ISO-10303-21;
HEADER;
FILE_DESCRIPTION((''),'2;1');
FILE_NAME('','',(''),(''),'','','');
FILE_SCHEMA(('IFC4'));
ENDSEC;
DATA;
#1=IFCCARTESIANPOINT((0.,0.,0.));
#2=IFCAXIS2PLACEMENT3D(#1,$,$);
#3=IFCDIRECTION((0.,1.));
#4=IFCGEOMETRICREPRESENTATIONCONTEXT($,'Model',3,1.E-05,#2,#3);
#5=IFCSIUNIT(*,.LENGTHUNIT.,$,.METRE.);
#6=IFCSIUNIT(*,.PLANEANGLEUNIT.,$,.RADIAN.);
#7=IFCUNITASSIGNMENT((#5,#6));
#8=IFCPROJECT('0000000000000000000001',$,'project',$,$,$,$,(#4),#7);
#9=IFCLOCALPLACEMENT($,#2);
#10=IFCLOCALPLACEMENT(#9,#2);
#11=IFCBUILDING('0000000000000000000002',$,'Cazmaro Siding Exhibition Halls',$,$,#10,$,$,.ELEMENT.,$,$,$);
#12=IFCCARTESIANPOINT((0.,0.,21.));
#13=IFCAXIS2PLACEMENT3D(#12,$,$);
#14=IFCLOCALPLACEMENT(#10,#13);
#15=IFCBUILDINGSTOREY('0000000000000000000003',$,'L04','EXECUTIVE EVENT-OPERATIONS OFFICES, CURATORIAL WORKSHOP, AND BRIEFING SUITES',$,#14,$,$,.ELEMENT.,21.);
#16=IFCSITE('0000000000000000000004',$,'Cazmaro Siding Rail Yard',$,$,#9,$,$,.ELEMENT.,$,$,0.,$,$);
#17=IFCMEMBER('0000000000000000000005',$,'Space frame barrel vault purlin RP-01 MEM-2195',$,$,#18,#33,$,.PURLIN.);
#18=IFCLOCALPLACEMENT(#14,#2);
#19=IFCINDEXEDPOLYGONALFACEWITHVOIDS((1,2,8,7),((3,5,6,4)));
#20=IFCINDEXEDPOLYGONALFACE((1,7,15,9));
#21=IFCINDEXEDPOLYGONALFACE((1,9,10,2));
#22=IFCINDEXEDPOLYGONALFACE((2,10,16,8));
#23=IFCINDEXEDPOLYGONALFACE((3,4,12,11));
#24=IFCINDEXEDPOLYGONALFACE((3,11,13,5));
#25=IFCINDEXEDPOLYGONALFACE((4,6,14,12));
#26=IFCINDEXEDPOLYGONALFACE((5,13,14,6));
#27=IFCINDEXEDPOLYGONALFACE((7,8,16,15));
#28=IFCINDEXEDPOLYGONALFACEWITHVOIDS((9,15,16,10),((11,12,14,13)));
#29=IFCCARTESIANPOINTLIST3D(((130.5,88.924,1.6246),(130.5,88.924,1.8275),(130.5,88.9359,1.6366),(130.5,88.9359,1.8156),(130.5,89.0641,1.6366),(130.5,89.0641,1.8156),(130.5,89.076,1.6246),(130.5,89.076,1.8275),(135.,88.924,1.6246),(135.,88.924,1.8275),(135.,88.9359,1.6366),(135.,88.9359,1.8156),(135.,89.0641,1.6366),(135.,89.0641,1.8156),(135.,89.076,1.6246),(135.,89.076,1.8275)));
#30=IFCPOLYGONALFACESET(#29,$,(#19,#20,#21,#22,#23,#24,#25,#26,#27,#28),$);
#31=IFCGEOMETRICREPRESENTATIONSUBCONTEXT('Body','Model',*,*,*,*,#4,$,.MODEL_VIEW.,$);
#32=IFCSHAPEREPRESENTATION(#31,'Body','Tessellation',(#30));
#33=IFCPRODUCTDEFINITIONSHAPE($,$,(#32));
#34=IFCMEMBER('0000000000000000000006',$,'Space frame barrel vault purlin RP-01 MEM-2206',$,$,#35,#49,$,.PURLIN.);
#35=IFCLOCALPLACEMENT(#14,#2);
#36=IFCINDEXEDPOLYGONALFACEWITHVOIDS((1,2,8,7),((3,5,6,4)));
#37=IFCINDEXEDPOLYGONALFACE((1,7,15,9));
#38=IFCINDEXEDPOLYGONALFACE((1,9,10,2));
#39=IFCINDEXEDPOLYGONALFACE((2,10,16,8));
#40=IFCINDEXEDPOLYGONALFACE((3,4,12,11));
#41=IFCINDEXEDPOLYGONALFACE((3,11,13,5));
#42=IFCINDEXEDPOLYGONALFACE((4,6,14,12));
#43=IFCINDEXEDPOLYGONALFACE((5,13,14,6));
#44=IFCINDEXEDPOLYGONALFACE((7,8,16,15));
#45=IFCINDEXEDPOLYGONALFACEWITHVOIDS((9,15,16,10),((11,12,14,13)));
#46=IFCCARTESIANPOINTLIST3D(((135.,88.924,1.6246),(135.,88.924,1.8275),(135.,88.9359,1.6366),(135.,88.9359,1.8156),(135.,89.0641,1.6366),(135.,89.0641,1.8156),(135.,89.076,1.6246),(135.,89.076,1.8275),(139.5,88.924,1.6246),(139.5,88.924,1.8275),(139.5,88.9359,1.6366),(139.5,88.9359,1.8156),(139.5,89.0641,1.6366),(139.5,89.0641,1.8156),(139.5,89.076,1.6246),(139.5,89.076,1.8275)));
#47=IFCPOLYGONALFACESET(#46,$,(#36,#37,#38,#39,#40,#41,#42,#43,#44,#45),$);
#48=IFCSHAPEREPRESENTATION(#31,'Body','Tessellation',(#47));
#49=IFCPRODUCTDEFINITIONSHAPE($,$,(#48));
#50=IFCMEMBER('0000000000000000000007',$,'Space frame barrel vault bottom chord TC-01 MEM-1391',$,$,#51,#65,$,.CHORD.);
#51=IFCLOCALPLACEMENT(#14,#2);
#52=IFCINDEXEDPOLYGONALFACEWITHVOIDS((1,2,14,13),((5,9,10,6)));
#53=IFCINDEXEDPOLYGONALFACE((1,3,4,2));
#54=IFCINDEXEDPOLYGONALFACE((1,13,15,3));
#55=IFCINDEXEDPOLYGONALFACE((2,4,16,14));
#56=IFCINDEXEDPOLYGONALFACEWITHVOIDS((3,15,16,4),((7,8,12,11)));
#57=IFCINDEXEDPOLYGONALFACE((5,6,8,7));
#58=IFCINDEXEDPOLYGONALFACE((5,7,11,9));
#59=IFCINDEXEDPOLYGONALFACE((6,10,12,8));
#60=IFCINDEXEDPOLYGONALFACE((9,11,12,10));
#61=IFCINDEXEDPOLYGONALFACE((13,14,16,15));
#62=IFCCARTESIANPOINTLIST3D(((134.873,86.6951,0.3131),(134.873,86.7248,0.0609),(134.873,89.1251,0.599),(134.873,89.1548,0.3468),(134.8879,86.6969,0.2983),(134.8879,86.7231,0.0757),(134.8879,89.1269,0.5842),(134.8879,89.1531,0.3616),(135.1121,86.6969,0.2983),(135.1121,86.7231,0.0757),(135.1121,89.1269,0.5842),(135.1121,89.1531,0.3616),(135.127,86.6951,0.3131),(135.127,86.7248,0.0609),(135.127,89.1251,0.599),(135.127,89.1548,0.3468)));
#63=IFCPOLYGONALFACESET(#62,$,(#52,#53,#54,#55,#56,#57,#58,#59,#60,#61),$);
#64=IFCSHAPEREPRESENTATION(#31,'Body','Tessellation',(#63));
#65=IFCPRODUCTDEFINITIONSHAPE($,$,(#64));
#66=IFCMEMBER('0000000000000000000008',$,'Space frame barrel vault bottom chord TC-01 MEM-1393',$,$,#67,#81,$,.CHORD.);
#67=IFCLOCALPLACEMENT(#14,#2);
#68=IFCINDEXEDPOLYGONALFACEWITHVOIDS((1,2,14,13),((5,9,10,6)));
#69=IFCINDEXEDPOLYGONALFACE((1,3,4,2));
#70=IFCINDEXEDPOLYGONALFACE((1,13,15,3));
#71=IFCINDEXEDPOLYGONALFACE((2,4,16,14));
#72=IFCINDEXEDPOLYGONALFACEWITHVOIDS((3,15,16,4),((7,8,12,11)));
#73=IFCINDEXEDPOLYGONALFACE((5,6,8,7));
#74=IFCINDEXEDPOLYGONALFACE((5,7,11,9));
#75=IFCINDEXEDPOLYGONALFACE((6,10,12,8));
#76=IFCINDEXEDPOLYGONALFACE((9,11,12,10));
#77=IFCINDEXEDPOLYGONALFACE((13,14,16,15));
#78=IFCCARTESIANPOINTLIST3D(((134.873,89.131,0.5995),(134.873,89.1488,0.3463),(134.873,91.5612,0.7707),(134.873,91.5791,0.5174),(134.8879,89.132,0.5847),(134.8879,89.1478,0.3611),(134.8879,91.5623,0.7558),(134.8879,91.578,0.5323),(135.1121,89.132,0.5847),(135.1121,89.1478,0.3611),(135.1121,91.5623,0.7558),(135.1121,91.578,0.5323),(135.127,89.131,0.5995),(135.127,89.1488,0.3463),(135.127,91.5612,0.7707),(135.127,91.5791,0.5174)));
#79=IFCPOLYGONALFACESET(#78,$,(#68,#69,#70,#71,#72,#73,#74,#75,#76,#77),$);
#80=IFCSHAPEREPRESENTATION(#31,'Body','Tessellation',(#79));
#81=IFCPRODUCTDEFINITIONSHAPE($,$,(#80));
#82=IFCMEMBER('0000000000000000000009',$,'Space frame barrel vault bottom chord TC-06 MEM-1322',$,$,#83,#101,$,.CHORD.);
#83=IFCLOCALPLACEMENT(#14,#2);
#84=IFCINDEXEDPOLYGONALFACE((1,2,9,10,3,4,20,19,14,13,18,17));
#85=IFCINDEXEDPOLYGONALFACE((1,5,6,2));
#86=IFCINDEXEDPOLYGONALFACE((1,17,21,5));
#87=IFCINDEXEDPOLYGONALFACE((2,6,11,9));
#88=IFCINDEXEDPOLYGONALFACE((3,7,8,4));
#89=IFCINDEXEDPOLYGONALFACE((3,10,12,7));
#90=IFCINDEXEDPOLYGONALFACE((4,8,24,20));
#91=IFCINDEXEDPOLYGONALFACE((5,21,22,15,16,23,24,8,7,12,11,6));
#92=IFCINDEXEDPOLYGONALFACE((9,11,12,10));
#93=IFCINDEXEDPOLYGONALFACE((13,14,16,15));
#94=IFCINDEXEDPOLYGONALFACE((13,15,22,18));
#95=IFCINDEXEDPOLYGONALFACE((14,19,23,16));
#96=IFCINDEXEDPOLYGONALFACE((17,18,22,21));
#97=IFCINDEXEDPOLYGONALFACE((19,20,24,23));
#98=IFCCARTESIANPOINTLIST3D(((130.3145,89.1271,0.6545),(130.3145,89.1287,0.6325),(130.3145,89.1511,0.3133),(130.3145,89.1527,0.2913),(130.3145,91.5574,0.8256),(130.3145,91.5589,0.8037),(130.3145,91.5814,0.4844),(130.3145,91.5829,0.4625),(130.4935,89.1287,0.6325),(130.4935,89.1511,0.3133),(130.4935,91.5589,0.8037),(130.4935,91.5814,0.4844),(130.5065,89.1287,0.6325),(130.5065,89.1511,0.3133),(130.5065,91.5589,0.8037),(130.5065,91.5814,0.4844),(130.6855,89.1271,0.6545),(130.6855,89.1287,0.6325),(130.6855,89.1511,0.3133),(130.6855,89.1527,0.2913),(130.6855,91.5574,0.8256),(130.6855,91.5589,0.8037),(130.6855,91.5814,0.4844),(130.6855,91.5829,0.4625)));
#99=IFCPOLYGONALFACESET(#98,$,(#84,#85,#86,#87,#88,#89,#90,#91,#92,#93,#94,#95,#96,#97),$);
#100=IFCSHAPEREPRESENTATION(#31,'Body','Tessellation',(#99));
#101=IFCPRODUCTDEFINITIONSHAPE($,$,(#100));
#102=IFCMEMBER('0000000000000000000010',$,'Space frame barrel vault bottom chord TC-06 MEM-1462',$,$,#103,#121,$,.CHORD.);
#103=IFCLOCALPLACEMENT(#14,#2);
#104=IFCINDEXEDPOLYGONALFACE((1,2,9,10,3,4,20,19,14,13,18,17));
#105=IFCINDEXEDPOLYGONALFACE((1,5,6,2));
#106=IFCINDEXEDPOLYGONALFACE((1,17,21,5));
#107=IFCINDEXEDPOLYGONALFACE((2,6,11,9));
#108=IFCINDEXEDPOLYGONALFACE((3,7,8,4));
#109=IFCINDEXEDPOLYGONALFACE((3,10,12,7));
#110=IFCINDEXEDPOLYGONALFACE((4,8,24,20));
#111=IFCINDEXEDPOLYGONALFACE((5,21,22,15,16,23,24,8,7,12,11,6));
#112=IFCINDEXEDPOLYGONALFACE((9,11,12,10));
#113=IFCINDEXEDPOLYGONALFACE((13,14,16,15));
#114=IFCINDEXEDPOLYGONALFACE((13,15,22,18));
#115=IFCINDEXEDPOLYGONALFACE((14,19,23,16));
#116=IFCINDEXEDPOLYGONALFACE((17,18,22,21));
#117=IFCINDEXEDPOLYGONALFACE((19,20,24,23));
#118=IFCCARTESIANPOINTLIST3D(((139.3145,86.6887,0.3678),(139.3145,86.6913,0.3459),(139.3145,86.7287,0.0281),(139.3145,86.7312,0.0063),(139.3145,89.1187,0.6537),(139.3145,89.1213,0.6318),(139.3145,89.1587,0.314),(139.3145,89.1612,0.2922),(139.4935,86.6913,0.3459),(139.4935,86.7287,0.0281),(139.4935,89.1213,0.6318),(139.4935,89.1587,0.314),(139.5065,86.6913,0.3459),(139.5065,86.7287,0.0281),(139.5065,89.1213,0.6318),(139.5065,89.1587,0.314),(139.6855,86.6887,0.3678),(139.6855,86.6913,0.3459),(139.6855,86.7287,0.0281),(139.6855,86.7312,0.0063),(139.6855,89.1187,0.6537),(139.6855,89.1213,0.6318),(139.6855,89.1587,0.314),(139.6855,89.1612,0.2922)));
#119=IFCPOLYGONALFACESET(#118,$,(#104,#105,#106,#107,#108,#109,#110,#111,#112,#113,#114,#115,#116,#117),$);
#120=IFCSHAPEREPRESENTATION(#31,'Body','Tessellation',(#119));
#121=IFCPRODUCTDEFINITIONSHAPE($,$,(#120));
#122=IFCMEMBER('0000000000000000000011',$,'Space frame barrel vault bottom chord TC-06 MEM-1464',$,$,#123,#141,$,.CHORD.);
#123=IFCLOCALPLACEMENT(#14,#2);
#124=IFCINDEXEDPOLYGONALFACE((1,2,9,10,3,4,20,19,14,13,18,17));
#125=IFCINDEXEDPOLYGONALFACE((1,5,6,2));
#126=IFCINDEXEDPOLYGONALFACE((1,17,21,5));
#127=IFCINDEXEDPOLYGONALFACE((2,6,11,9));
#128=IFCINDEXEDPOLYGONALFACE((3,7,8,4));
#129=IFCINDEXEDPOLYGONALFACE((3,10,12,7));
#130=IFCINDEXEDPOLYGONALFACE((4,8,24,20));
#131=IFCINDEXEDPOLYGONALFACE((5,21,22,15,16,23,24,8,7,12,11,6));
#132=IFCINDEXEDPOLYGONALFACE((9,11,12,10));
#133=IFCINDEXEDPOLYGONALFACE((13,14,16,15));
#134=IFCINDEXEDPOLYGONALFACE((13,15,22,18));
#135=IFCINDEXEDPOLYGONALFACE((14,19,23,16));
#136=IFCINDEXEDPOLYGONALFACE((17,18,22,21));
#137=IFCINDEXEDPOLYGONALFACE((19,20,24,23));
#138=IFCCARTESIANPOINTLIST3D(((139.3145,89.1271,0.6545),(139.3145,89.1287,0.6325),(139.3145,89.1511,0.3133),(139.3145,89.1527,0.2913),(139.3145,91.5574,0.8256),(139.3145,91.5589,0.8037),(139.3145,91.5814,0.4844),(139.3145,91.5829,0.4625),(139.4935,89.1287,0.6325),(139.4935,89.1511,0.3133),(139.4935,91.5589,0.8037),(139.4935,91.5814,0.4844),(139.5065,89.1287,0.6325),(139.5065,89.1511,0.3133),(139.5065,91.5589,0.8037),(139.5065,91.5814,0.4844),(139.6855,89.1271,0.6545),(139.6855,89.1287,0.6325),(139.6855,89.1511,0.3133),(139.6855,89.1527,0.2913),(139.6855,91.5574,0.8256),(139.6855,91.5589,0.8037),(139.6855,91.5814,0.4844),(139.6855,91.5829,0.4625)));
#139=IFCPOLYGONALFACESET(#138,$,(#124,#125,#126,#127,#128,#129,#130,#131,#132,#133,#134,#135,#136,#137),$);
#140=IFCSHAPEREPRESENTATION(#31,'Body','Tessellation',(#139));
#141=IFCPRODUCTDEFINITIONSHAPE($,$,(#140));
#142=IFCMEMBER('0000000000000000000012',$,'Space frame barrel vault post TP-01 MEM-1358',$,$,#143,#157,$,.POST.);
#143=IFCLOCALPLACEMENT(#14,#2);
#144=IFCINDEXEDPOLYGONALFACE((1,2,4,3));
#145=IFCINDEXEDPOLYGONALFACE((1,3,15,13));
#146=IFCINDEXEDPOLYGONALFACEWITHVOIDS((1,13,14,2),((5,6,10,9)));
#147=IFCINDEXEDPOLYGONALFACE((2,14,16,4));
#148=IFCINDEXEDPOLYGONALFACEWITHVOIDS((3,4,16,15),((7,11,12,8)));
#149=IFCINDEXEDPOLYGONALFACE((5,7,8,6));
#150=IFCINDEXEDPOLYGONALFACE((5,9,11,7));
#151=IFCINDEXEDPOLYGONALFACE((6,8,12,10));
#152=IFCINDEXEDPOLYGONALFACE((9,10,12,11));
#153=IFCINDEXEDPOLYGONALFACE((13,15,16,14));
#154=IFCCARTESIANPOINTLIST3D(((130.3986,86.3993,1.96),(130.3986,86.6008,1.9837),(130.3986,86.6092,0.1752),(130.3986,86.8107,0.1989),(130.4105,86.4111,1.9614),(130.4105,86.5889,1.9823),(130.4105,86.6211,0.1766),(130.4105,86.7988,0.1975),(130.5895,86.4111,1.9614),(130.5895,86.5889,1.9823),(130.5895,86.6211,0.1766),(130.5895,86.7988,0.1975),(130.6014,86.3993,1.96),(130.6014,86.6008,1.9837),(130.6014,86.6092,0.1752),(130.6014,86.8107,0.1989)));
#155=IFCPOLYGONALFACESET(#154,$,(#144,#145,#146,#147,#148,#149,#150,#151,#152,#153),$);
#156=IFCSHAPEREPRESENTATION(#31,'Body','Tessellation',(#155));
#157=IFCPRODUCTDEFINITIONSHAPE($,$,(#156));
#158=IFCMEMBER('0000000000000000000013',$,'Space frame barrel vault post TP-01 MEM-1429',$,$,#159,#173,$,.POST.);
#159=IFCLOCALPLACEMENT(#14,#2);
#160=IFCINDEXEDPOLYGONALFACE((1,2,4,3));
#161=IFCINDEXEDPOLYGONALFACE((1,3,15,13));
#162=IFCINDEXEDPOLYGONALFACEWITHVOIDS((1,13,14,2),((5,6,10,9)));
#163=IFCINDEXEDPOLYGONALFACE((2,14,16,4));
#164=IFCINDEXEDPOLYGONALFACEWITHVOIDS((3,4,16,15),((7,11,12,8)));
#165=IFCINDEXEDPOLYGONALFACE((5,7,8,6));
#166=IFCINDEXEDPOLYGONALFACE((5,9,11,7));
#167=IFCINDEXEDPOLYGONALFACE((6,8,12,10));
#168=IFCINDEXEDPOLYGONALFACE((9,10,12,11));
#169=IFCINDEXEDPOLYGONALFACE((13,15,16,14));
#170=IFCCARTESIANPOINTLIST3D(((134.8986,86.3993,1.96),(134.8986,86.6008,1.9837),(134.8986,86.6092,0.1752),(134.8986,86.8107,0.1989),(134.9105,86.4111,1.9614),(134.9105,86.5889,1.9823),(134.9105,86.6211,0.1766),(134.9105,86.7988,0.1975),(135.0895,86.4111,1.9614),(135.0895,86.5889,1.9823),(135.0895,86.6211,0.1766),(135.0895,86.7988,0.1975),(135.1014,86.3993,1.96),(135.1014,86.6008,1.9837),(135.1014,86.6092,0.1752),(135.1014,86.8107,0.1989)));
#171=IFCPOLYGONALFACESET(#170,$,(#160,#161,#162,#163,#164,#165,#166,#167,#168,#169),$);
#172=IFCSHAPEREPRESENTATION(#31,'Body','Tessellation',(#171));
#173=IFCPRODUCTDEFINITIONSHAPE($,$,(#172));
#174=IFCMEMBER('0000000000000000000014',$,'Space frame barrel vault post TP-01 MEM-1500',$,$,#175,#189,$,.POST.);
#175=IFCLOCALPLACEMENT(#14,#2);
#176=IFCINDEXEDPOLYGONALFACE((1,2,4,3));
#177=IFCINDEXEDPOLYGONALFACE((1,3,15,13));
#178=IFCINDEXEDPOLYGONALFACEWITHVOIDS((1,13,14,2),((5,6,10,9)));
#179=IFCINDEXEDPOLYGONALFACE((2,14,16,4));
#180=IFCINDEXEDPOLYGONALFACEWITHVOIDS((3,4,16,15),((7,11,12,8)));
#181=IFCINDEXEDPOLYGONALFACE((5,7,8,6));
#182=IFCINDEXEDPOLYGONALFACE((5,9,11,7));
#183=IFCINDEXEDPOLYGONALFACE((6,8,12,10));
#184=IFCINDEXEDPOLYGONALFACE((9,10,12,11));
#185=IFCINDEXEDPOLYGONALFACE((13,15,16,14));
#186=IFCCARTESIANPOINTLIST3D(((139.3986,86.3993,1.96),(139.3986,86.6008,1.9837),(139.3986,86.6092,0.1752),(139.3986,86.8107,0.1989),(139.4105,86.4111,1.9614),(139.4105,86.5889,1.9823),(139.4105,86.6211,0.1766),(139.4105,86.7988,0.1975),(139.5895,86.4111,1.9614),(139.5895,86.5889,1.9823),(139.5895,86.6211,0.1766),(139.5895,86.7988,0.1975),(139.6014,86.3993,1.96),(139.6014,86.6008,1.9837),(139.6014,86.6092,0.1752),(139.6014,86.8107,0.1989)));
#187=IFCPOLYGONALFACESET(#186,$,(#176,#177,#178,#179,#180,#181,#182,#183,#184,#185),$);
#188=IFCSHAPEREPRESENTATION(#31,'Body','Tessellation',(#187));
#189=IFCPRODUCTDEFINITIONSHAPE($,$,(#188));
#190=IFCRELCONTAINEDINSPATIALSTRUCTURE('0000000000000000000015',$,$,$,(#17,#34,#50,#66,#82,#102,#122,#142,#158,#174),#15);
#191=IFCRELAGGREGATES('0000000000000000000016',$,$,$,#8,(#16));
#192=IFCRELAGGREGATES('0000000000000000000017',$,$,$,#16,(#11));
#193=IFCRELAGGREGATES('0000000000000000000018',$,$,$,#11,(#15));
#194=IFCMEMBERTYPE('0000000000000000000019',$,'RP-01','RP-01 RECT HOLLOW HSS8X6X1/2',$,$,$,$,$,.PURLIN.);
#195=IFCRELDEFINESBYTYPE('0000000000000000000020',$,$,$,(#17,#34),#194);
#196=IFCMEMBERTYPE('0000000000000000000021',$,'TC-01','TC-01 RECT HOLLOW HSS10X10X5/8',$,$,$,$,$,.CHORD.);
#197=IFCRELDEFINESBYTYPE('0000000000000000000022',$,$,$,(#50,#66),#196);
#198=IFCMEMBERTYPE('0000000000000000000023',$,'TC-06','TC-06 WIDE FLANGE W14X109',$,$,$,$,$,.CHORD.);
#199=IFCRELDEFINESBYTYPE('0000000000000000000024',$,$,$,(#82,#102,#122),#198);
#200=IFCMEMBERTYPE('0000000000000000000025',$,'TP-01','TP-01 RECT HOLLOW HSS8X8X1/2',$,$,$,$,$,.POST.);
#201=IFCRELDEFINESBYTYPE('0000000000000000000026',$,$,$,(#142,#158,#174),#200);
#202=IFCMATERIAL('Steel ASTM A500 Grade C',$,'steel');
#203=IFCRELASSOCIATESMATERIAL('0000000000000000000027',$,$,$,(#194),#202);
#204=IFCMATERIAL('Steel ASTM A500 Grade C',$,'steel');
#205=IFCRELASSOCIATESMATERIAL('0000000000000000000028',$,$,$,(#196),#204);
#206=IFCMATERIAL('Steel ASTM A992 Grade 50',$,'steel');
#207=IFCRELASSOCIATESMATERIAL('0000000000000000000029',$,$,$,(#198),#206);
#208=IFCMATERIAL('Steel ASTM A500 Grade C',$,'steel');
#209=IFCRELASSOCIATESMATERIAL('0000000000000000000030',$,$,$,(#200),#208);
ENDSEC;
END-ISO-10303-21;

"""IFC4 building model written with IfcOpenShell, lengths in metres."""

from ifc_helpers import new_model, si_unit, direction, frame, origin, origin_2d, place, context, subcontext, project, spatial, hollow_rectangle, i_section, extrude, material, material_profile, profile_set, type_object, element, save


model = new_model("IFC4")

# Units and contexts
model_context = context("Model", 3, precision=1e-05, world=origin(), true_north=direction((0.0, 1.0)))
body_context = subcontext(model_context, "Body", "Model", "MODEL_VIEW")
ifc_project = project(units=[si_unit("LENGTHUNIT", "METRE"), si_unit("PLANEANGLEUNIT", "RADIAN")], contexts=[model_context])

# Site, building, storey
site_placement = place(None, origin())
site = spatial("IfcSite", under=ifc_project, at=site_placement, Name="Cazmaro Siding Rail Yard", CompositionType="ELEMENT", RefElevation=0.0)
building_placement = place(site_placement, origin())
building = spatial("IfcBuilding", under=site, at=building_placement, Name="Cazmaro Siding Exhibition Halls", CompositionType="ELEMENT")
storey_placement = place(building_placement, frame((0.0, 0.0, 21.0)))
storey = spatial("IfcBuildingStorey", under=building, at=storey_placement, Name="L04", Description="EXECUTIVE EVENT-OPERATIONS OFFICES, CURATORIAL WORKSHOP, AND BRIEFING SUITES", CompositionType="ELEMENT", Elevation=21.0)

# Members
ifc_material_1 = material(Name="Steel ASTM A500 Grade C", Category="steel")
ifc_material_profile_1 = material_profile(ifc_material_1, hollow_rectangle(XDim=0.1521, YDim=0.2029, WallThickness=0.012, at=origin_2d()), Name="HSS8X6X1/2")
ifc_profile_set_1 = profile_set([ifc_material_profile_1], Name="Steel ASTM A500 Grade C")
member_type_1 = type_object("IfcMemberType", Name="RP-01", Description="RP-01 RECT HOLLOW HSS8X6X1/2", PredefinedType="PURLIN", material=ifc_profile_set_1)
for number, where, z_axis, x_axis, name in (
    (1, (130.5, 89.0, 1.7261), (1.0, 0.0, 0.0), (0.0, 1.0, 0.0), "Space frame barrel vault purlin RP-01 MEM-2195"),
    (2, (135.0, 89.0, 1.7261), (1.0, 0.0, 0.0), (0.0, 1.0, 0.0), "Space frame barrel vault purlin RP-01 MEM-2206"),
):
    element("IfcMember", number, at=place(storey_placement, frame(where, z_axis=z_axis, x_axis=x_axis)), inside=storey, type_object=member_type_1, Name=name, PredefinedType="PURLIN", context=body_context, shape_type="SweptSolid", body=[
        extrude(hollow_rectangle(XDim=0.1521, YDim=0.2029, WallThickness=0.012, at=origin_2d()), origin(), (0.0, 0.0, 1.0), 4.5),
    ])
ifc_material_2 = material(Name="Steel ASTM A500 Grade C", Category="steel")
ifc_material_profile_2 = material_profile(ifc_material_2, hollow_rectangle(XDim=0.2539, YDim=0.2539, WallThickness=0.0149, at=origin_2d()), Name="HSS10X10X5/8")
ifc_profile_set_2 = profile_set([ifc_material_profile_2], Name="Steel ASTM A500 Grade C")
member_type_2 = type_object("IfcMemberType", Name="TC-01", Description="TC-01 RECT HOLLOW HSS10X10X5/8", PredefinedType="CHORD", material=ifc_profile_set_2)
member_1_placement = place(storey_placement, frame((135.0, 86.71, 0.187), z_axis=(0.0, 0.99315, 0.116847), x_axis=(-1.0, 0.0, 0.0)))
element("IfcMember", 3, at=member_1_placement, inside=storey, type_object=member_type_2, Name="Space frame barrel vault bottom chord TC-01 MEM-1391", PredefinedType="CHORD", context=body_context, shape_type="SweptSolid", body=[
    extrude(hollow_rectangle(XDim=0.2539, YDim=0.2539, WallThickness=0.0149, at=origin_2d()), origin(), (0.0, 0.0, 1.0), 2.4468),
])
member_2_placement = place(storey_placement, frame((135.0, 89.1399, 0.4729), z_axis=(0.0, 0.997529, 0.07025), x_axis=(-1.0, 0.0, 0.0)))
element("IfcMember", 4, at=member_2_placement, inside=storey, type_object=member_type_2, Name="Space frame barrel vault bottom chord TC-01 MEM-1393", PredefinedType="CHORD", context=body_context, shape_type="SweptSolid", body=[
    extrude(hollow_rectangle(XDim=0.2539, YDim=0.2539, WallThickness=0.0149, at=origin_2d()), origin(), (0.0, 0.0, 1.0), 2.4363),
])
ifc_material_3 = material(Name="Steel ASTM A992 Grade 50", Category="steel")
ifc_material_profile_3 = material_profile(ifc_material_3, i_section(OverallWidth=0.3711, OverallDepth=0.364, WebThickness=0.0129, FlangeThickness=0.022, at=origin_2d()), Name="W14X109")
ifc_profile_set_3 = profile_set([ifc_material_profile_3], Name="Steel ASTM A992 Grade 50")
member_type_3 = type_object("IfcMemberType", Name="TC-06", Description="TC-06 WIDE FLANGE W14X109", PredefinedType="CHORD", material=ifc_profile_set_3)
member_3_placement = place(storey_placement, frame((130.5, 89.1399, 0.4729), z_axis=(0.0, 0.997529, 0.07025), x_axis=(-1.0, 0.0, 0.0)))
element("IfcMember", 5, at=member_3_placement, inside=storey, type_object=member_type_3, Name="Space frame barrel vault bottom chord TC-06 MEM-1322", PredefinedType="CHORD", context=body_context, shape_type="SweptSolid", body=[
    extrude(i_section(OverallWidth=0.3711, OverallDepth=0.364, WebThickness=0.0129, FlangeThickness=0.022, at=origin_2d()), origin(), (0.0, 0.0, 1.0), 2.4363),
])
member_4_placement = place(storey_placement, frame((139.5, 86.71, 0.187), z_axis=(0.0, 0.99315, 0.116847), x_axis=(-1.0, 0.0, 0.0)))
element("IfcMember", 6, at=member_4_placement, inside=storey, type_object=member_type_3, Name="Space frame barrel vault bottom chord TC-06 MEM-1462", PredefinedType="CHORD", context=body_context, shape_type="SweptSolid", body=[
    extrude(i_section(OverallWidth=0.3711, OverallDepth=0.364, WebThickness=0.0129, FlangeThickness=0.022, at=origin_2d()), origin(), (0.0, 0.0, 1.0), 2.4468),
])
member_5_placement = place(storey_placement, frame((139.5, 89.1399, 0.4729), z_axis=(0.0, 0.997529, 0.07025), x_axis=(-1.0, 0.0, 0.0)))
element("IfcMember", 7, at=member_5_placement, inside=storey, type_object=member_type_3, Name="Space frame barrel vault bottom chord TC-06 MEM-1464", PredefinedType="CHORD", context=body_context, shape_type="SweptSolid", body=[
    extrude(i_section(OverallWidth=0.3711, OverallDepth=0.364, WebThickness=0.0129, FlangeThickness=0.022, at=origin_2d()), origin(), (0.0, 0.0, 1.0), 2.4363),
])
ifc_material_4 = material(Name="Steel ASTM A500 Grade C", Category="steel")
ifc_material_profile_4 = material_profile(ifc_material_4, hollow_rectangle(XDim=0.2029, YDim=0.2029, WallThickness=0.012, at=origin_2d()), Name="HSS8X8X1/2")
ifc_profile_set_4 = profile_set([ifc_material_profile_4], Name="Steel ASTM A500 Grade C")
member_type_4 = type_object("IfcMemberType", Name="TP-01", Description="TP-01 RECT HOLLOW HSS8X8X1/2", PredefinedType="POST", material=ifc_profile_set_4)
for number, where, z_axis, x_axis, name in (
    (8, (130.5, 86.71, 0.187), (0.0, -0.116825, 0.993152), (1.0, 0.0, 0.0), "Space frame barrel vault post TP-01 MEM-1358"),
    (9, (135.0, 86.71, 0.187), (0.0, -0.116825, 0.993152), (1.0, 0.0, 0.0), "Space frame barrel vault post TP-01 MEM-1429"),
    (10, (139.5, 86.71, 0.187), (0.0, -0.116825, 0.993152), (1.0, 0.0, 0.0), "Space frame barrel vault post TP-01 MEM-1500"),
):
    element("IfcMember", number, at=place(storey_placement, frame(where, z_axis=z_axis, x_axis=x_axis)), inside=storey, type_object=member_type_4, Name=name, PredefinedType="POST", context=body_context, shape_type="SweptSolid", body=[
        extrude(hollow_rectangle(XDim=0.2029, YDim=0.2029, WallThickness=0.012, at=origin_2d()), origin(), (0.0, 0.0, 1.0), 1.7971),
    ])

save(model, "model.ifc")
